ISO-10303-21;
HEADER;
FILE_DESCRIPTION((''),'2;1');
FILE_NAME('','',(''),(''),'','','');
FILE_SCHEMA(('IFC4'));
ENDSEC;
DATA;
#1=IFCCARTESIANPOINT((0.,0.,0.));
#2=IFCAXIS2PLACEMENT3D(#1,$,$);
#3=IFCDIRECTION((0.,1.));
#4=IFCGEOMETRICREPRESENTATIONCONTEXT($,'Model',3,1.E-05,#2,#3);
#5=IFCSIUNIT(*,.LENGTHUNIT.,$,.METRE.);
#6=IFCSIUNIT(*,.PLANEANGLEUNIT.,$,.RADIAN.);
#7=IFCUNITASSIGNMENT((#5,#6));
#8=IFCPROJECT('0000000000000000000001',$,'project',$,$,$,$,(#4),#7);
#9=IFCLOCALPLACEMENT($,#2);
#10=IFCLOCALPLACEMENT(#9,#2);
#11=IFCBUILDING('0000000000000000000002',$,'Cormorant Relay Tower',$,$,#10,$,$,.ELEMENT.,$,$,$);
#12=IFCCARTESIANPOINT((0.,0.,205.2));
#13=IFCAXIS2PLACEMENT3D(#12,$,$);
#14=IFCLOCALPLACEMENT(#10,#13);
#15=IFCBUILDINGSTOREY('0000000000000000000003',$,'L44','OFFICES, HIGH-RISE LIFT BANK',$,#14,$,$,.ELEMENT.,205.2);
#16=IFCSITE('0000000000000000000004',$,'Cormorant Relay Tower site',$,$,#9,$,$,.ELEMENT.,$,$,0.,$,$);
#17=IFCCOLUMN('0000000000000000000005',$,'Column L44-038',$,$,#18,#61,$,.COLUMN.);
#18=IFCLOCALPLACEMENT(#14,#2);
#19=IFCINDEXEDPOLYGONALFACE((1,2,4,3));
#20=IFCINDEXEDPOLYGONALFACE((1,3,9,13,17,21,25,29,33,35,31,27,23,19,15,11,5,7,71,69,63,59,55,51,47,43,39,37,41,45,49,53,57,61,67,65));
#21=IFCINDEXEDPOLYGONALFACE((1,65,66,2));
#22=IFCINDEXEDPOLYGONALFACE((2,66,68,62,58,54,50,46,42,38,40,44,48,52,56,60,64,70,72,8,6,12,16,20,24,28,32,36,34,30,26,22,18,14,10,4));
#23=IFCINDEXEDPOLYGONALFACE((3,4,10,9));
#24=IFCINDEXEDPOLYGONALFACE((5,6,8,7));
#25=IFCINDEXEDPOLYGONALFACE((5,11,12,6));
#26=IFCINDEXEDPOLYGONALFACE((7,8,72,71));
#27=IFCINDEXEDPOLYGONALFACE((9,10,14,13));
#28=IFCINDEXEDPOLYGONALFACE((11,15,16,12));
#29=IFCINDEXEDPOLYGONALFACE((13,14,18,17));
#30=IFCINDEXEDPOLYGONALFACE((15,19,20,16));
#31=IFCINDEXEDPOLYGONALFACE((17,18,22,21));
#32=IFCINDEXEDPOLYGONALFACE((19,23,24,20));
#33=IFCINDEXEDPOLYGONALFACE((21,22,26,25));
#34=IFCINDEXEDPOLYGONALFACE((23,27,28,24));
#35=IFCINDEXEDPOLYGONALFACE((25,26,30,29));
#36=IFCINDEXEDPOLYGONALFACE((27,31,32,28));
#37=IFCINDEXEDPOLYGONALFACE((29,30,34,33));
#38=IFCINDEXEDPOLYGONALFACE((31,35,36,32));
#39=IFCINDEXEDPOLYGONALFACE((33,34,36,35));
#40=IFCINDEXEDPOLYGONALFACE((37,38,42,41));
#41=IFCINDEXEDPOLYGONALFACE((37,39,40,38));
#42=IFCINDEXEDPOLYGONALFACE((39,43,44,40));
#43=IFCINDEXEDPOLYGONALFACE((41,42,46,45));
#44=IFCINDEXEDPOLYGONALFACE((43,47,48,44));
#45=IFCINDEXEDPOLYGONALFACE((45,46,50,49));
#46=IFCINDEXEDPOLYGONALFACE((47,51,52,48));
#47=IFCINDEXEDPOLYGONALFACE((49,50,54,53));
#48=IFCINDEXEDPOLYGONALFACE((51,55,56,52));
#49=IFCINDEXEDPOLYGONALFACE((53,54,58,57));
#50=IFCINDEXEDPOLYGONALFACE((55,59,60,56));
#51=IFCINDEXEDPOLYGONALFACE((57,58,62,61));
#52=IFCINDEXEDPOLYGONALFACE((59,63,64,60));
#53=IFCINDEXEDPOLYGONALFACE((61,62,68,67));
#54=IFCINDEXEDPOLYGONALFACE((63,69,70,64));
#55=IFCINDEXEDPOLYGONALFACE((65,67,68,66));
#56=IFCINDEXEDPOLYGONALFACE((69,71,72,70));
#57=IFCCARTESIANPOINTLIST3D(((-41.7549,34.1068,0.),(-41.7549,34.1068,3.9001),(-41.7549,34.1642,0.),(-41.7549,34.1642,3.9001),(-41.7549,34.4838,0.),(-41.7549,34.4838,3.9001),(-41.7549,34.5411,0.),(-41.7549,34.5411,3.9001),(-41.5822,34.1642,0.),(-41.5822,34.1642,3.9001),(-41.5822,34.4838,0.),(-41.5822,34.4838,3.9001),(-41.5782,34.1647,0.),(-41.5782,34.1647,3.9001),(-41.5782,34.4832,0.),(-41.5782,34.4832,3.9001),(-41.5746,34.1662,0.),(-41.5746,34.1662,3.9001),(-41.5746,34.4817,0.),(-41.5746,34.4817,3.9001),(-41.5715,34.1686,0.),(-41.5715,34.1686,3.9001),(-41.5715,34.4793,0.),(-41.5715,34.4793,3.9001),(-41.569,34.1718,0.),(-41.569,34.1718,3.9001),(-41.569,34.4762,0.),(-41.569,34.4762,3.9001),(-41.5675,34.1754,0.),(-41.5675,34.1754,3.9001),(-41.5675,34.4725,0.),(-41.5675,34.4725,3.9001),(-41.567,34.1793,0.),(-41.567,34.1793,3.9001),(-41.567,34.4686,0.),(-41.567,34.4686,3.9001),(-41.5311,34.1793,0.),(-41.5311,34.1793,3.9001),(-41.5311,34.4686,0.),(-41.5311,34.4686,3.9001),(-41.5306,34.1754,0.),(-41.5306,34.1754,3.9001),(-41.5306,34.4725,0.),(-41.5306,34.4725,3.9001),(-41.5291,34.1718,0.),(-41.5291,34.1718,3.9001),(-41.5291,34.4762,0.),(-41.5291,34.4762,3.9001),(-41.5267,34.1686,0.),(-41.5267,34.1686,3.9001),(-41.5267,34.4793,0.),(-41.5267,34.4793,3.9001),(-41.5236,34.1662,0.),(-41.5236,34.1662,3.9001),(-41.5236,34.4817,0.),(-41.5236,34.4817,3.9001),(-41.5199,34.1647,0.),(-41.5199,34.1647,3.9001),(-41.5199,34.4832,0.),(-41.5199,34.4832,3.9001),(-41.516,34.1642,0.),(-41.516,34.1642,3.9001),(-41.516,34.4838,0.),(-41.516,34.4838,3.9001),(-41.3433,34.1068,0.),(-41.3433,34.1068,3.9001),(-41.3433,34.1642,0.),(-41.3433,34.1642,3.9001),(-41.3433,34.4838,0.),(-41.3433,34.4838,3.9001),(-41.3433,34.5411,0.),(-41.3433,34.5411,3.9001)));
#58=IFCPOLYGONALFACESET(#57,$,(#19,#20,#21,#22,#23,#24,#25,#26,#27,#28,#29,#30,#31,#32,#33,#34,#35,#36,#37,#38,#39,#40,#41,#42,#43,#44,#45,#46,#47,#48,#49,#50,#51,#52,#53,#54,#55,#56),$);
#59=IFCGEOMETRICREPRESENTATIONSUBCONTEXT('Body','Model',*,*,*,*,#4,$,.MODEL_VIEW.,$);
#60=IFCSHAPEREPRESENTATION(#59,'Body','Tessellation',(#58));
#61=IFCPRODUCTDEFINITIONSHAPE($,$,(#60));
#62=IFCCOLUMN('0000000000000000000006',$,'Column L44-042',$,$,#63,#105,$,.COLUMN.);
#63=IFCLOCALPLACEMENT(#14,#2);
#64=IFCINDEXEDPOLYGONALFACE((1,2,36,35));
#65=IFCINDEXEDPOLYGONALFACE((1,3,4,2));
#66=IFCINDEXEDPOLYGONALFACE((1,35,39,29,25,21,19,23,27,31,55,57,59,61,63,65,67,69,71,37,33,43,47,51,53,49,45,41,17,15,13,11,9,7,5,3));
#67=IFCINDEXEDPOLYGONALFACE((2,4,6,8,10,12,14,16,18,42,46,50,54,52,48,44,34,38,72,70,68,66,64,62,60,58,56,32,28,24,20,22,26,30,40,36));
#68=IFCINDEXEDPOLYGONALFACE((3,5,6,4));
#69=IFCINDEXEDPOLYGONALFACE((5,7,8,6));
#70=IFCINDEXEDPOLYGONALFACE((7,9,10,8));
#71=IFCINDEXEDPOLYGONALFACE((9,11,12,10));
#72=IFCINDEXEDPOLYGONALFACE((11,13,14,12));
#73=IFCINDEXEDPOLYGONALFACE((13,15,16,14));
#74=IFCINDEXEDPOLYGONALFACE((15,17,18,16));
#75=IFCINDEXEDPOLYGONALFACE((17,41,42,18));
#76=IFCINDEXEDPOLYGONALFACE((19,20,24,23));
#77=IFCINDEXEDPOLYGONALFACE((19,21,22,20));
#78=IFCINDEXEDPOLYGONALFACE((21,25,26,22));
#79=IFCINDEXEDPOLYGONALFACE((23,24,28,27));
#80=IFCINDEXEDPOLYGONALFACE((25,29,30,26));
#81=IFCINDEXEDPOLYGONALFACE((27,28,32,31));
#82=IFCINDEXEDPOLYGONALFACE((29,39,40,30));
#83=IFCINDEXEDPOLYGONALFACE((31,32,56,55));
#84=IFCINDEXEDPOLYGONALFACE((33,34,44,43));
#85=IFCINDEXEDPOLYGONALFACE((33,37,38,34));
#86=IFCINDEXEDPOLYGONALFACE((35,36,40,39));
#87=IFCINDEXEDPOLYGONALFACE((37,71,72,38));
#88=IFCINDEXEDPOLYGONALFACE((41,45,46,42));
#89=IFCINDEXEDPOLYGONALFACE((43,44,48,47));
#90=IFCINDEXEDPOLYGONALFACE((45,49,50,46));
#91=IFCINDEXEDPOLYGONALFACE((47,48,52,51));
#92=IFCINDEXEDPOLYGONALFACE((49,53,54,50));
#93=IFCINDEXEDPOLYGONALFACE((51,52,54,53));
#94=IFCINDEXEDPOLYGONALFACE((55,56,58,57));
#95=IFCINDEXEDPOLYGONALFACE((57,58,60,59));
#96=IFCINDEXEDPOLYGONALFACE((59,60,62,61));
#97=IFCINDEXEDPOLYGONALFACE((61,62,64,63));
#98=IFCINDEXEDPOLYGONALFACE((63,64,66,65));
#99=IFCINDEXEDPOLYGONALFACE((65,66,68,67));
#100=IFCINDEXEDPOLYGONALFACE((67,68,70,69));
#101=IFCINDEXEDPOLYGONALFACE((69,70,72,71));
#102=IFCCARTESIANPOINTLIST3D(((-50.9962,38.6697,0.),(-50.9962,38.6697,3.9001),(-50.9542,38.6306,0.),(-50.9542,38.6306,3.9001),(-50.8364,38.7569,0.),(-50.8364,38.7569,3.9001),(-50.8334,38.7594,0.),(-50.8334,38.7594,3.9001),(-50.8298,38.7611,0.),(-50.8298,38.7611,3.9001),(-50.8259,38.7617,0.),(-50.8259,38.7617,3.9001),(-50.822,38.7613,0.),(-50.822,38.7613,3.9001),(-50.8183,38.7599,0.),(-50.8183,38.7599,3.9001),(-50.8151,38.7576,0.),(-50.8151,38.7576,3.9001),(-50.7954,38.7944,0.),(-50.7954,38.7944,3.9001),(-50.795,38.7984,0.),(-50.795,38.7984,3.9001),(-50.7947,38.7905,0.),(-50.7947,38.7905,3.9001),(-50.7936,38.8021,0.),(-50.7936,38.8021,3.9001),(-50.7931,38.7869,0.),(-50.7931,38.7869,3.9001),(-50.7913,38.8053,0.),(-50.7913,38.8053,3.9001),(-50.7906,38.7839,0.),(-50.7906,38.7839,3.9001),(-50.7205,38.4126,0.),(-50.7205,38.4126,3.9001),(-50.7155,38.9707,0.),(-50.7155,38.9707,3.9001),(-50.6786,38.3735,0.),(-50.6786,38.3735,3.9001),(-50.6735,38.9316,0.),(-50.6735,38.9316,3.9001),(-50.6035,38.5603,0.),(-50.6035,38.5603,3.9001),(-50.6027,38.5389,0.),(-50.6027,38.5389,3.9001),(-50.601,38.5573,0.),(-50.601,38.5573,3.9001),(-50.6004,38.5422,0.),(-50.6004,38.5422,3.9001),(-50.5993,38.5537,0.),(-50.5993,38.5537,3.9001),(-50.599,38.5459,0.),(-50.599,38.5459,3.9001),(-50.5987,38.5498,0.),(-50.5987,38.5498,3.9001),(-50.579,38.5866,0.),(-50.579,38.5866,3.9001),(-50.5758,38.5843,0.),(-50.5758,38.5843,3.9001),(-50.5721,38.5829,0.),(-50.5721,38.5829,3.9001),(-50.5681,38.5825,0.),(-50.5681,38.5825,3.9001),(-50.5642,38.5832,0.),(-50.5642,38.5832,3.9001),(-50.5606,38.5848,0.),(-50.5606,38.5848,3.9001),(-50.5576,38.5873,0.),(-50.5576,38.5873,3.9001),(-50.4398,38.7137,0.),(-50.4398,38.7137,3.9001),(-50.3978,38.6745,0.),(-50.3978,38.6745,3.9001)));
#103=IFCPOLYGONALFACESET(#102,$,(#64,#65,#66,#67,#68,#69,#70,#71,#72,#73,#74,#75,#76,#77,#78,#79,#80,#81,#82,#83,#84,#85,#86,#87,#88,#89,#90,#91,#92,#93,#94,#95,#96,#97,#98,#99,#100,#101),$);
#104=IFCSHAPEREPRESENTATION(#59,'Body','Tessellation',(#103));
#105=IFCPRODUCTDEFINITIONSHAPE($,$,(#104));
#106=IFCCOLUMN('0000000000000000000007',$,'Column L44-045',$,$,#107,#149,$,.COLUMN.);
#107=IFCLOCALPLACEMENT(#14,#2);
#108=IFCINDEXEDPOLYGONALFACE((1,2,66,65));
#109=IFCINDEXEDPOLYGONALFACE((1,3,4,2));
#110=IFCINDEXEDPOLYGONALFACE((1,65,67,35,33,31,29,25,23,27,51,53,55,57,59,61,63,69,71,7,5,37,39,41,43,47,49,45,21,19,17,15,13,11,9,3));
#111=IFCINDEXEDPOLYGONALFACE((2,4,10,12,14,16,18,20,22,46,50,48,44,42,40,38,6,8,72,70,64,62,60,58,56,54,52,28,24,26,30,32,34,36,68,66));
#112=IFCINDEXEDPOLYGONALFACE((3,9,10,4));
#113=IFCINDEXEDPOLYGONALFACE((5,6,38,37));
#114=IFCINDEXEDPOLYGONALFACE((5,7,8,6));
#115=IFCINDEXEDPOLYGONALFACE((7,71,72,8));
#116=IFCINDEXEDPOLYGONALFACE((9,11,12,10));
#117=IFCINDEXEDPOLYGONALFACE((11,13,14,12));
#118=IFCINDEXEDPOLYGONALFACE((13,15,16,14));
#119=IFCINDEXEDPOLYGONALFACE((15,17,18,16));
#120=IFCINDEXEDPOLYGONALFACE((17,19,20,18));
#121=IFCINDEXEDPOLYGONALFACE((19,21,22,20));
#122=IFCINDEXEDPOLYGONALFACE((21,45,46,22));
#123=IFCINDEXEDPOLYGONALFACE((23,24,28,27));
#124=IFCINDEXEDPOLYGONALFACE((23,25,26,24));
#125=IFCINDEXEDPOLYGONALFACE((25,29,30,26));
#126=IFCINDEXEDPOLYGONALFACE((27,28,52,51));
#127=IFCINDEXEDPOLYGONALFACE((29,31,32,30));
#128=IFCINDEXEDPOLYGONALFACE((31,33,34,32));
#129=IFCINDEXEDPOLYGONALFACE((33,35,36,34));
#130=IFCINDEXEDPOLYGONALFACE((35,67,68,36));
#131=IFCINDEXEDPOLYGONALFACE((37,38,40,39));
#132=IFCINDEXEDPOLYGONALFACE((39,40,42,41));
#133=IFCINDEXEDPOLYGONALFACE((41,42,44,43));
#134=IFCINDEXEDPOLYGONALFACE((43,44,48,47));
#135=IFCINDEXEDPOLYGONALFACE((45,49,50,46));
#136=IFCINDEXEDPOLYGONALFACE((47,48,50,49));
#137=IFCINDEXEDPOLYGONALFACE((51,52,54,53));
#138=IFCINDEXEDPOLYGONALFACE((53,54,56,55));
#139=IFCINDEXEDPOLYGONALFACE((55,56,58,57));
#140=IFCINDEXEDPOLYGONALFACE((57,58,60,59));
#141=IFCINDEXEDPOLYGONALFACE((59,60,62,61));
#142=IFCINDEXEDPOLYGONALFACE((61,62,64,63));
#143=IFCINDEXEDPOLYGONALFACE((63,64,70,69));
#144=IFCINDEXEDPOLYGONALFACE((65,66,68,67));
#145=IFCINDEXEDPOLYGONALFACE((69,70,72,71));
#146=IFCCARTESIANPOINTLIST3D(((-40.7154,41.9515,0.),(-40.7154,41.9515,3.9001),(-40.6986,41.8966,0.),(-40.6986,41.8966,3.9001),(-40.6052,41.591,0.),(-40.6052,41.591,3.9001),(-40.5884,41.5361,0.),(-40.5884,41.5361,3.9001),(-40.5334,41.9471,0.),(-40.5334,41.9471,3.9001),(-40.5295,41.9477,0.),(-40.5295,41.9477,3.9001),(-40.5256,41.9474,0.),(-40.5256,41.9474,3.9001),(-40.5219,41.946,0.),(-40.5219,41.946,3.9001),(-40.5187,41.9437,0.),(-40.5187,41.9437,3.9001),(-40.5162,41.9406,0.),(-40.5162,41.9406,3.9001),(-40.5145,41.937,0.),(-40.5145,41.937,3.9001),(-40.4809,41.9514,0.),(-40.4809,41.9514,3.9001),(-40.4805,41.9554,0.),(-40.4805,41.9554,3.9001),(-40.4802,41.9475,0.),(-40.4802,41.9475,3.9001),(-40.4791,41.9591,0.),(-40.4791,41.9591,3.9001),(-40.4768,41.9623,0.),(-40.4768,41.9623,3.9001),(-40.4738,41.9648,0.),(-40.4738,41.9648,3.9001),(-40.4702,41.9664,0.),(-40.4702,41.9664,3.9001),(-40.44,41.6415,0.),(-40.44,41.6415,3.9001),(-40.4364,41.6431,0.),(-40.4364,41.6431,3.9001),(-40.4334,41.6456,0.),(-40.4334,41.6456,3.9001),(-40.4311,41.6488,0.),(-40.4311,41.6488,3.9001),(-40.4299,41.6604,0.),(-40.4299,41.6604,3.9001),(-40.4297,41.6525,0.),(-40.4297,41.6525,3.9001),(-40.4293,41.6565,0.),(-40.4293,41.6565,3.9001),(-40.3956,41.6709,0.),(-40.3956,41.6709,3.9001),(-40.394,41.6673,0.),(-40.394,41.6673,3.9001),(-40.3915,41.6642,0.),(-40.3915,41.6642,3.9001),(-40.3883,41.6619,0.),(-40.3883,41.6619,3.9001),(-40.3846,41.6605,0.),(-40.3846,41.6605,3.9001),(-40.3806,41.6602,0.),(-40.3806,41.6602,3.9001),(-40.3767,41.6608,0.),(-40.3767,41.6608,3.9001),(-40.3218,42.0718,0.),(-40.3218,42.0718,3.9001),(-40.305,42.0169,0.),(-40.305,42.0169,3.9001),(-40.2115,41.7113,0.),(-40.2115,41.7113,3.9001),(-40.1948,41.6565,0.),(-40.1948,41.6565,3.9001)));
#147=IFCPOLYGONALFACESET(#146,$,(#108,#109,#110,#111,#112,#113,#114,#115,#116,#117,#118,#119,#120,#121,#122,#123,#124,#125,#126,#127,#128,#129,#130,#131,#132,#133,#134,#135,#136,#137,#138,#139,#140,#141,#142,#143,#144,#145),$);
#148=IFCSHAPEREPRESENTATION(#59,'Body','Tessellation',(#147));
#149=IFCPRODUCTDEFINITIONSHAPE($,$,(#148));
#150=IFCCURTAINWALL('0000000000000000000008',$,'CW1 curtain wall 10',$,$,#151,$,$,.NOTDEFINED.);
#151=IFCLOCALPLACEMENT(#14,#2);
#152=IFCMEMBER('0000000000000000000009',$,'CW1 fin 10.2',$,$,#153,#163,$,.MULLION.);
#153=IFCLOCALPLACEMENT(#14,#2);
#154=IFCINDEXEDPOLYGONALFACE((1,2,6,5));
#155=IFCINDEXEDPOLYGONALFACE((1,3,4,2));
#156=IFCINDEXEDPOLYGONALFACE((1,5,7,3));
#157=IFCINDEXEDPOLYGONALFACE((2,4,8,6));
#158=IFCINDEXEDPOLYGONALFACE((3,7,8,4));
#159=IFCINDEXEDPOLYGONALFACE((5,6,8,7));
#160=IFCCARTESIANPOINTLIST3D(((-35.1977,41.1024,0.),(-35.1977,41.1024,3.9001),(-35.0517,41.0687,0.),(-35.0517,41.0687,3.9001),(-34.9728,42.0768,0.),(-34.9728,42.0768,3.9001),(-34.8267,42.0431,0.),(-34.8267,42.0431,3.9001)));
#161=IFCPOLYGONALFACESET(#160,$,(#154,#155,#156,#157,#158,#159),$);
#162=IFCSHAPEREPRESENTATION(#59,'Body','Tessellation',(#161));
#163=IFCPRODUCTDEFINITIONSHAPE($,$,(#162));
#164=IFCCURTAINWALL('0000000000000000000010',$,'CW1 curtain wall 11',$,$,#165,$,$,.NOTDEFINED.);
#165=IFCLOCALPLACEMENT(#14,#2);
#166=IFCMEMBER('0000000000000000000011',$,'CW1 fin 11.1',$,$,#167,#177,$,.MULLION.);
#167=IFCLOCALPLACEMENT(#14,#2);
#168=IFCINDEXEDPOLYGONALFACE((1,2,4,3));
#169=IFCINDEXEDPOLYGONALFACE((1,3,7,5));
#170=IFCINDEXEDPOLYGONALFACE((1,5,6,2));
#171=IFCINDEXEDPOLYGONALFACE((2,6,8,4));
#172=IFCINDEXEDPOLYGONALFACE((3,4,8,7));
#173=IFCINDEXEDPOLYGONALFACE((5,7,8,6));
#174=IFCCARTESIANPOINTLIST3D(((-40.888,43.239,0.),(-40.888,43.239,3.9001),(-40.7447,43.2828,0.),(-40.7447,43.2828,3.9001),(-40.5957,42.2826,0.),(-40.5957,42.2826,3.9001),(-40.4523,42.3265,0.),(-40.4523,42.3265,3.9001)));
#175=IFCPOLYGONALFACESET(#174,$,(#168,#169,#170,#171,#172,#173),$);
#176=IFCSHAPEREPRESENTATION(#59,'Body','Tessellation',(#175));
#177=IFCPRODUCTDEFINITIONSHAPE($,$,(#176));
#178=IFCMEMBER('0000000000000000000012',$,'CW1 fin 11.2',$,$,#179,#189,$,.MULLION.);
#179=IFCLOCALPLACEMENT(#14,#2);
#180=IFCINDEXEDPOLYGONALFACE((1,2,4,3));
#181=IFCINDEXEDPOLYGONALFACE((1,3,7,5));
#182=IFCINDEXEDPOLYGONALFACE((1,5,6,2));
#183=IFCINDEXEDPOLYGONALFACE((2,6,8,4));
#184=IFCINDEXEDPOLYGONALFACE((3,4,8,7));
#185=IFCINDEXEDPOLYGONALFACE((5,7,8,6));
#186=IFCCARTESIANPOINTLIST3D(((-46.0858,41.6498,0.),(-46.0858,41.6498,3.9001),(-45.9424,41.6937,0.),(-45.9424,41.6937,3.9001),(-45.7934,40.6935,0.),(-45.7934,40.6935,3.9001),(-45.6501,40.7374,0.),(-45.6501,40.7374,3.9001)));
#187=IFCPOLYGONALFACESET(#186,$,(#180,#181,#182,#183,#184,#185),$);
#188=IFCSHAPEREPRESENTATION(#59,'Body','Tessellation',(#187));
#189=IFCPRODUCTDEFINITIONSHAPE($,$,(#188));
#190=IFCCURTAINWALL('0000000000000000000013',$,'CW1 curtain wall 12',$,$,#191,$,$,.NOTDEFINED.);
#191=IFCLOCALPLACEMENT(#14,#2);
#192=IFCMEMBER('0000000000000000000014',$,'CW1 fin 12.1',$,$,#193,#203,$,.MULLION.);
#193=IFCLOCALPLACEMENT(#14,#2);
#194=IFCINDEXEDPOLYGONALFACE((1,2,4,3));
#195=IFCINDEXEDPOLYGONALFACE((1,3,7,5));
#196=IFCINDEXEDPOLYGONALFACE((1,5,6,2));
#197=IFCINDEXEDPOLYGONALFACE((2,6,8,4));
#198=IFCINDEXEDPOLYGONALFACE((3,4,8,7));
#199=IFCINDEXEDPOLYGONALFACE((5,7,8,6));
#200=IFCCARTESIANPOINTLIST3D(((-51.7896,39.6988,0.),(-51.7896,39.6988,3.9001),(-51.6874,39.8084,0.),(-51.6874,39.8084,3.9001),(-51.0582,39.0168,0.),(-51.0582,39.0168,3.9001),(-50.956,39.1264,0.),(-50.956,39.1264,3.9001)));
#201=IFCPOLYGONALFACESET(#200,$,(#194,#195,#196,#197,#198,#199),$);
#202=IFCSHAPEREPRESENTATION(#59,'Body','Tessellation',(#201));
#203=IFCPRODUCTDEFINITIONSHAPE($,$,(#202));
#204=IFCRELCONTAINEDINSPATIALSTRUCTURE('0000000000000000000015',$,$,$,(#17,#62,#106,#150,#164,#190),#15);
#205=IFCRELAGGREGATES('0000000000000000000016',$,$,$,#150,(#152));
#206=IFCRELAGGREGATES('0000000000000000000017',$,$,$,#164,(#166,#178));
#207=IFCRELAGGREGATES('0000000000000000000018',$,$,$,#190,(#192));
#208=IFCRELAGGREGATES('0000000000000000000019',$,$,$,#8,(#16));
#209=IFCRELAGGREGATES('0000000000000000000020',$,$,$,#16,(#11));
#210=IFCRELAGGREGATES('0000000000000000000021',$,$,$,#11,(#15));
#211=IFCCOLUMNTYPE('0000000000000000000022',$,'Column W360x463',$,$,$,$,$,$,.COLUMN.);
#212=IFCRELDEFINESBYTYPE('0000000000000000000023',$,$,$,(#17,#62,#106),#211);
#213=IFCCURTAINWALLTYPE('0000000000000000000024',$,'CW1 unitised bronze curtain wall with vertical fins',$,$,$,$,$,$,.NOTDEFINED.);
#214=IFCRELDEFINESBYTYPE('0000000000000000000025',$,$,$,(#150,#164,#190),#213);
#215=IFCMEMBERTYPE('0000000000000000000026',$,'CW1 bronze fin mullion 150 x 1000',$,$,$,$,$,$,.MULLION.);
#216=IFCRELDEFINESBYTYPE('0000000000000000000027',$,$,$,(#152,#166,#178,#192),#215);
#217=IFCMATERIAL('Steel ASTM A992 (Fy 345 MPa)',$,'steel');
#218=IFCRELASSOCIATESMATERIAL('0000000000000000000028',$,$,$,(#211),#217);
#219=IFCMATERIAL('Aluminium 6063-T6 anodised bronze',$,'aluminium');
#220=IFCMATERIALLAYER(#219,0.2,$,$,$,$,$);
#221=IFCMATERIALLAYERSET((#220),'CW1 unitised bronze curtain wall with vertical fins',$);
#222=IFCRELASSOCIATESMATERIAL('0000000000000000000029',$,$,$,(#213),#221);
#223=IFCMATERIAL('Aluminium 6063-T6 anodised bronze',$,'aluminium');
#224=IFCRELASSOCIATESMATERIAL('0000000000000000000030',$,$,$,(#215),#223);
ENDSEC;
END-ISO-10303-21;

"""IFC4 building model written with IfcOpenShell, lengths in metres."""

from ifc_helpers import new_model, si_unit, direction, frame, origin, origin_2d, place, context, subcontext, project, spatial, rectangle, i_section, extrude, material, layer, layer_set, material_profile, profile_set, type_object, element, aggregate, save


model = new_model("IFC4")

# Units and contexts
model_context = context("Model", 3, precision=1e-05, world=origin(), true_north=direction((0.0, 1.0)))
body_context = subcontext(model_context, "Body", "Model", "MODEL_VIEW")
ifc_project = project(units=[si_unit("LENGTHUNIT", "METRE"), si_unit("PLANEANGLEUNIT", "RADIAN")], contexts=[model_context])

# Site, building, storey
site_placement = place(None, origin())
site = spatial("IfcSite", under=ifc_project, at=site_placement, Name="Cormorant Relay Tower site", CompositionType="ELEMENT", RefElevation=0.0)
building_placement = place(site_placement, origin())
building = spatial("IfcBuilding", under=site, at=building_placement, Name="Cormorant Relay Tower", CompositionType="ELEMENT")
storey_placement = place(building_placement, frame((0.0, 0.0, 205.2)))
storey = spatial("IfcBuildingStorey", under=building, at=storey_placement, Name="L44", Description="OFFICES, HIGH-RISE LIFT BANK", CompositionType="ELEMENT", Elevation=205.2)

# Columns
ifc_material_1 = material(Name="Steel ASTM A992 (Fy 345 MPa)", Category="steel")
ifc_material_profile_1 = material_profile(ifc_material_1, i_section(OverallWidth=0.4116, OverallDepth=0.4343, WebThickness=0.0359, FlangeThickness=0.0574, FilletRadius=0.0151, at=origin_2d()), Name="W360x463")
ifc_profile_set_1 = profile_set([ifc_material_profile_1], Name="Steel ASTM A992 (Fy 345 MPa)")
column_type = type_object("IfcColumnType", Name="Column W360x463", PredefinedType="COLUMN", material=ifc_profile_set_1)
for number, where, z_axis, x_axis, name in (
    (1, (-41.5491, 34.324, 0.0), (0.0, 0.0, 1.0), (1.0, 0.0, 0.0), "Column L44-038"),
    (2, (-50.697, 38.6721, 0.0), (0.0, 0.0, 1.0), (-0.681998, -0.731354, 0.0), "Column L44-042"),
    (3, (-40.4551, 41.804, 0.0), (0.0, 0.0, 1.0), (-0.956305, -0.292372, 0.0), "Column L44-045"),
):
    element("IfcColumn", number, at=place(storey_placement, frame(where, z_axis=z_axis, x_axis=x_axis)), inside=storey, type_object=column_type, Name=name, PredefinedType="COLUMN", context=body_context, shape_type="SweptSolid", body=[
        extrude(i_section(OverallWidth=0.4116, OverallDepth=0.4343, WebThickness=0.0359, FlangeThickness=0.0574, FilletRadius=0.0151, at=origin_2d()), origin(), (0.0, 0.0, 1.0), 3.9001),
    ])

# Curtain wall, member
ifc_material_2 = material(Name="Aluminium 6063-T6 anodised bronze", Category="aluminium")
ifc_layer_1 = layer(ifc_material_2, 0.2)
ifc_layer_set_1 = layer_set([ifc_layer_1], Name="CW1 unitised bronze curtain wall with vertical fins")
curtain_wall_type = type_object("IfcCurtainWallType", Name="CW1 unitised bronze curtain wall with vertical fins", PredefinedType="NOTDEFINED", material=ifc_layer_set_1)
curtain_wall_1_placement = place(storey_placement, origin())
curtain_wall_1 = element("IfcCurtainWall", 4, at=curtain_wall_1_placement, inside=storey, type_object=curtain_wall_type, Name="CW1 curtain wall 10", PredefinedType="NOTDEFINED")
ifc_material_3 = material(Name="Aluminium 6063-T6 anodised bronze", Category="aluminium")
ifc_material_profile_2 = material_profile(ifc_material_3, rectangle(XDim=0.1499, YDim=1.0, at=origin_2d()), Name="AL 150x1000")
ifc_profile_set_2 = profile_set([ifc_material_profile_2], Name="Aluminium 6063-T6 anodised bronze")
member_type_1 = type_object("IfcMemberType", Name="CW1 bronze fin mullion 150 x 1000", PredefinedType="MULLION", material=ifc_profile_set_2)
member_1_placement = place(storey_placement, frame((-35.0122, 41.5728, 0.0), z_axis=(0.0, 0.0, 1.0), x_axis=(-0.97437, 0.224951, 0.0)))
member_1 = element("IfcMember", 5, at=member_1_placement, type_object=member_type_1, Name="CW1 fin 10.2", PredefinedType="MULLION", context=body_context, shape_type="SweptSolid", body=[
    extrude(rectangle(XDim=0.1499, YDim=1.0, at=origin_2d()), origin(), (0.0, 0.0, 1.0), 3.9001),
])

# Curtain walls, members
curtain_wall_2_placement = place(storey_placement, origin())
curtain_wall_2 = element("IfcCurtainWall", 6, at=curtain_wall_2_placement, inside=storey, type_object=curtain_wall_type, Name="CW1 curtain wall 11", PredefinedType="NOTDEFINED")
member_2_placement = place(storey_placement, frame((-40.6702, 42.7827, 0.0), z_axis=(0.0, 0.0, 1.0), x_axis=(-0.956305, -0.292372, 0.0)))
member_2 = element("IfcMember", 7, at=member_2_placement, type_object=member_type_1, Name="CW1 fin 11.1", PredefinedType="MULLION", context=body_context, shape_type="SweptSolid", body=[
    extrude(rectangle(XDim=0.1499, YDim=1.0, at=origin_2d()), origin(), (0.0, 0.0, 1.0), 3.9001),
])
member_3_placement = place(storey_placement, frame((-45.8679, 41.1936, 0.0), z_axis=(0.0, 0.0, 1.0), x_axis=(-0.956305, -0.292372, 0.0)))
member_3 = element("IfcMember", 8, at=member_3_placement, type_object=member_type_1, Name="CW1 fin 11.2", PredefinedType="MULLION", context=body_context, shape_type="SweptSolid", body=[
    extrude(rectangle(XDim=0.1499, YDim=1.0, at=origin_2d()), origin(), (0.0, 0.0, 1.0), 3.9001),
])
curtain_wall_3_placement = place(storey_placement, origin())
curtain_wall_3 = element("IfcCurtainWall", 9, at=curtain_wall_3_placement, inside=storey, type_object=curtain_wall_type, Name="CW1 curtain wall 12", PredefinedType="NOTDEFINED")
member_4_placement = place(storey_placement, frame((-51.3728, 39.4126, 0.0), z_axis=(0.0, 0.0, 1.0), x_axis=(-0.681998, -0.731354, 0.0)))
member_4 = element("IfcMember", 10, at=member_4_placement, type_object=member_type_1, Name="CW1 fin 12.1", PredefinedType="MULLION", context=body_context, shape_type="SweptSolid", body=[
    extrude(rectangle(XDim=0.1499, YDim=1.0, at=origin_2d()), origin(), (0.0, 0.0, 1.0), 3.9001),
])

aggregate(curtain_wall_1, [member_1])
aggregate(curtain_wall_2, [member_2, member_3])
aggregate(curtain_wall_3, [member_4])

save(model, "model.ifc")
